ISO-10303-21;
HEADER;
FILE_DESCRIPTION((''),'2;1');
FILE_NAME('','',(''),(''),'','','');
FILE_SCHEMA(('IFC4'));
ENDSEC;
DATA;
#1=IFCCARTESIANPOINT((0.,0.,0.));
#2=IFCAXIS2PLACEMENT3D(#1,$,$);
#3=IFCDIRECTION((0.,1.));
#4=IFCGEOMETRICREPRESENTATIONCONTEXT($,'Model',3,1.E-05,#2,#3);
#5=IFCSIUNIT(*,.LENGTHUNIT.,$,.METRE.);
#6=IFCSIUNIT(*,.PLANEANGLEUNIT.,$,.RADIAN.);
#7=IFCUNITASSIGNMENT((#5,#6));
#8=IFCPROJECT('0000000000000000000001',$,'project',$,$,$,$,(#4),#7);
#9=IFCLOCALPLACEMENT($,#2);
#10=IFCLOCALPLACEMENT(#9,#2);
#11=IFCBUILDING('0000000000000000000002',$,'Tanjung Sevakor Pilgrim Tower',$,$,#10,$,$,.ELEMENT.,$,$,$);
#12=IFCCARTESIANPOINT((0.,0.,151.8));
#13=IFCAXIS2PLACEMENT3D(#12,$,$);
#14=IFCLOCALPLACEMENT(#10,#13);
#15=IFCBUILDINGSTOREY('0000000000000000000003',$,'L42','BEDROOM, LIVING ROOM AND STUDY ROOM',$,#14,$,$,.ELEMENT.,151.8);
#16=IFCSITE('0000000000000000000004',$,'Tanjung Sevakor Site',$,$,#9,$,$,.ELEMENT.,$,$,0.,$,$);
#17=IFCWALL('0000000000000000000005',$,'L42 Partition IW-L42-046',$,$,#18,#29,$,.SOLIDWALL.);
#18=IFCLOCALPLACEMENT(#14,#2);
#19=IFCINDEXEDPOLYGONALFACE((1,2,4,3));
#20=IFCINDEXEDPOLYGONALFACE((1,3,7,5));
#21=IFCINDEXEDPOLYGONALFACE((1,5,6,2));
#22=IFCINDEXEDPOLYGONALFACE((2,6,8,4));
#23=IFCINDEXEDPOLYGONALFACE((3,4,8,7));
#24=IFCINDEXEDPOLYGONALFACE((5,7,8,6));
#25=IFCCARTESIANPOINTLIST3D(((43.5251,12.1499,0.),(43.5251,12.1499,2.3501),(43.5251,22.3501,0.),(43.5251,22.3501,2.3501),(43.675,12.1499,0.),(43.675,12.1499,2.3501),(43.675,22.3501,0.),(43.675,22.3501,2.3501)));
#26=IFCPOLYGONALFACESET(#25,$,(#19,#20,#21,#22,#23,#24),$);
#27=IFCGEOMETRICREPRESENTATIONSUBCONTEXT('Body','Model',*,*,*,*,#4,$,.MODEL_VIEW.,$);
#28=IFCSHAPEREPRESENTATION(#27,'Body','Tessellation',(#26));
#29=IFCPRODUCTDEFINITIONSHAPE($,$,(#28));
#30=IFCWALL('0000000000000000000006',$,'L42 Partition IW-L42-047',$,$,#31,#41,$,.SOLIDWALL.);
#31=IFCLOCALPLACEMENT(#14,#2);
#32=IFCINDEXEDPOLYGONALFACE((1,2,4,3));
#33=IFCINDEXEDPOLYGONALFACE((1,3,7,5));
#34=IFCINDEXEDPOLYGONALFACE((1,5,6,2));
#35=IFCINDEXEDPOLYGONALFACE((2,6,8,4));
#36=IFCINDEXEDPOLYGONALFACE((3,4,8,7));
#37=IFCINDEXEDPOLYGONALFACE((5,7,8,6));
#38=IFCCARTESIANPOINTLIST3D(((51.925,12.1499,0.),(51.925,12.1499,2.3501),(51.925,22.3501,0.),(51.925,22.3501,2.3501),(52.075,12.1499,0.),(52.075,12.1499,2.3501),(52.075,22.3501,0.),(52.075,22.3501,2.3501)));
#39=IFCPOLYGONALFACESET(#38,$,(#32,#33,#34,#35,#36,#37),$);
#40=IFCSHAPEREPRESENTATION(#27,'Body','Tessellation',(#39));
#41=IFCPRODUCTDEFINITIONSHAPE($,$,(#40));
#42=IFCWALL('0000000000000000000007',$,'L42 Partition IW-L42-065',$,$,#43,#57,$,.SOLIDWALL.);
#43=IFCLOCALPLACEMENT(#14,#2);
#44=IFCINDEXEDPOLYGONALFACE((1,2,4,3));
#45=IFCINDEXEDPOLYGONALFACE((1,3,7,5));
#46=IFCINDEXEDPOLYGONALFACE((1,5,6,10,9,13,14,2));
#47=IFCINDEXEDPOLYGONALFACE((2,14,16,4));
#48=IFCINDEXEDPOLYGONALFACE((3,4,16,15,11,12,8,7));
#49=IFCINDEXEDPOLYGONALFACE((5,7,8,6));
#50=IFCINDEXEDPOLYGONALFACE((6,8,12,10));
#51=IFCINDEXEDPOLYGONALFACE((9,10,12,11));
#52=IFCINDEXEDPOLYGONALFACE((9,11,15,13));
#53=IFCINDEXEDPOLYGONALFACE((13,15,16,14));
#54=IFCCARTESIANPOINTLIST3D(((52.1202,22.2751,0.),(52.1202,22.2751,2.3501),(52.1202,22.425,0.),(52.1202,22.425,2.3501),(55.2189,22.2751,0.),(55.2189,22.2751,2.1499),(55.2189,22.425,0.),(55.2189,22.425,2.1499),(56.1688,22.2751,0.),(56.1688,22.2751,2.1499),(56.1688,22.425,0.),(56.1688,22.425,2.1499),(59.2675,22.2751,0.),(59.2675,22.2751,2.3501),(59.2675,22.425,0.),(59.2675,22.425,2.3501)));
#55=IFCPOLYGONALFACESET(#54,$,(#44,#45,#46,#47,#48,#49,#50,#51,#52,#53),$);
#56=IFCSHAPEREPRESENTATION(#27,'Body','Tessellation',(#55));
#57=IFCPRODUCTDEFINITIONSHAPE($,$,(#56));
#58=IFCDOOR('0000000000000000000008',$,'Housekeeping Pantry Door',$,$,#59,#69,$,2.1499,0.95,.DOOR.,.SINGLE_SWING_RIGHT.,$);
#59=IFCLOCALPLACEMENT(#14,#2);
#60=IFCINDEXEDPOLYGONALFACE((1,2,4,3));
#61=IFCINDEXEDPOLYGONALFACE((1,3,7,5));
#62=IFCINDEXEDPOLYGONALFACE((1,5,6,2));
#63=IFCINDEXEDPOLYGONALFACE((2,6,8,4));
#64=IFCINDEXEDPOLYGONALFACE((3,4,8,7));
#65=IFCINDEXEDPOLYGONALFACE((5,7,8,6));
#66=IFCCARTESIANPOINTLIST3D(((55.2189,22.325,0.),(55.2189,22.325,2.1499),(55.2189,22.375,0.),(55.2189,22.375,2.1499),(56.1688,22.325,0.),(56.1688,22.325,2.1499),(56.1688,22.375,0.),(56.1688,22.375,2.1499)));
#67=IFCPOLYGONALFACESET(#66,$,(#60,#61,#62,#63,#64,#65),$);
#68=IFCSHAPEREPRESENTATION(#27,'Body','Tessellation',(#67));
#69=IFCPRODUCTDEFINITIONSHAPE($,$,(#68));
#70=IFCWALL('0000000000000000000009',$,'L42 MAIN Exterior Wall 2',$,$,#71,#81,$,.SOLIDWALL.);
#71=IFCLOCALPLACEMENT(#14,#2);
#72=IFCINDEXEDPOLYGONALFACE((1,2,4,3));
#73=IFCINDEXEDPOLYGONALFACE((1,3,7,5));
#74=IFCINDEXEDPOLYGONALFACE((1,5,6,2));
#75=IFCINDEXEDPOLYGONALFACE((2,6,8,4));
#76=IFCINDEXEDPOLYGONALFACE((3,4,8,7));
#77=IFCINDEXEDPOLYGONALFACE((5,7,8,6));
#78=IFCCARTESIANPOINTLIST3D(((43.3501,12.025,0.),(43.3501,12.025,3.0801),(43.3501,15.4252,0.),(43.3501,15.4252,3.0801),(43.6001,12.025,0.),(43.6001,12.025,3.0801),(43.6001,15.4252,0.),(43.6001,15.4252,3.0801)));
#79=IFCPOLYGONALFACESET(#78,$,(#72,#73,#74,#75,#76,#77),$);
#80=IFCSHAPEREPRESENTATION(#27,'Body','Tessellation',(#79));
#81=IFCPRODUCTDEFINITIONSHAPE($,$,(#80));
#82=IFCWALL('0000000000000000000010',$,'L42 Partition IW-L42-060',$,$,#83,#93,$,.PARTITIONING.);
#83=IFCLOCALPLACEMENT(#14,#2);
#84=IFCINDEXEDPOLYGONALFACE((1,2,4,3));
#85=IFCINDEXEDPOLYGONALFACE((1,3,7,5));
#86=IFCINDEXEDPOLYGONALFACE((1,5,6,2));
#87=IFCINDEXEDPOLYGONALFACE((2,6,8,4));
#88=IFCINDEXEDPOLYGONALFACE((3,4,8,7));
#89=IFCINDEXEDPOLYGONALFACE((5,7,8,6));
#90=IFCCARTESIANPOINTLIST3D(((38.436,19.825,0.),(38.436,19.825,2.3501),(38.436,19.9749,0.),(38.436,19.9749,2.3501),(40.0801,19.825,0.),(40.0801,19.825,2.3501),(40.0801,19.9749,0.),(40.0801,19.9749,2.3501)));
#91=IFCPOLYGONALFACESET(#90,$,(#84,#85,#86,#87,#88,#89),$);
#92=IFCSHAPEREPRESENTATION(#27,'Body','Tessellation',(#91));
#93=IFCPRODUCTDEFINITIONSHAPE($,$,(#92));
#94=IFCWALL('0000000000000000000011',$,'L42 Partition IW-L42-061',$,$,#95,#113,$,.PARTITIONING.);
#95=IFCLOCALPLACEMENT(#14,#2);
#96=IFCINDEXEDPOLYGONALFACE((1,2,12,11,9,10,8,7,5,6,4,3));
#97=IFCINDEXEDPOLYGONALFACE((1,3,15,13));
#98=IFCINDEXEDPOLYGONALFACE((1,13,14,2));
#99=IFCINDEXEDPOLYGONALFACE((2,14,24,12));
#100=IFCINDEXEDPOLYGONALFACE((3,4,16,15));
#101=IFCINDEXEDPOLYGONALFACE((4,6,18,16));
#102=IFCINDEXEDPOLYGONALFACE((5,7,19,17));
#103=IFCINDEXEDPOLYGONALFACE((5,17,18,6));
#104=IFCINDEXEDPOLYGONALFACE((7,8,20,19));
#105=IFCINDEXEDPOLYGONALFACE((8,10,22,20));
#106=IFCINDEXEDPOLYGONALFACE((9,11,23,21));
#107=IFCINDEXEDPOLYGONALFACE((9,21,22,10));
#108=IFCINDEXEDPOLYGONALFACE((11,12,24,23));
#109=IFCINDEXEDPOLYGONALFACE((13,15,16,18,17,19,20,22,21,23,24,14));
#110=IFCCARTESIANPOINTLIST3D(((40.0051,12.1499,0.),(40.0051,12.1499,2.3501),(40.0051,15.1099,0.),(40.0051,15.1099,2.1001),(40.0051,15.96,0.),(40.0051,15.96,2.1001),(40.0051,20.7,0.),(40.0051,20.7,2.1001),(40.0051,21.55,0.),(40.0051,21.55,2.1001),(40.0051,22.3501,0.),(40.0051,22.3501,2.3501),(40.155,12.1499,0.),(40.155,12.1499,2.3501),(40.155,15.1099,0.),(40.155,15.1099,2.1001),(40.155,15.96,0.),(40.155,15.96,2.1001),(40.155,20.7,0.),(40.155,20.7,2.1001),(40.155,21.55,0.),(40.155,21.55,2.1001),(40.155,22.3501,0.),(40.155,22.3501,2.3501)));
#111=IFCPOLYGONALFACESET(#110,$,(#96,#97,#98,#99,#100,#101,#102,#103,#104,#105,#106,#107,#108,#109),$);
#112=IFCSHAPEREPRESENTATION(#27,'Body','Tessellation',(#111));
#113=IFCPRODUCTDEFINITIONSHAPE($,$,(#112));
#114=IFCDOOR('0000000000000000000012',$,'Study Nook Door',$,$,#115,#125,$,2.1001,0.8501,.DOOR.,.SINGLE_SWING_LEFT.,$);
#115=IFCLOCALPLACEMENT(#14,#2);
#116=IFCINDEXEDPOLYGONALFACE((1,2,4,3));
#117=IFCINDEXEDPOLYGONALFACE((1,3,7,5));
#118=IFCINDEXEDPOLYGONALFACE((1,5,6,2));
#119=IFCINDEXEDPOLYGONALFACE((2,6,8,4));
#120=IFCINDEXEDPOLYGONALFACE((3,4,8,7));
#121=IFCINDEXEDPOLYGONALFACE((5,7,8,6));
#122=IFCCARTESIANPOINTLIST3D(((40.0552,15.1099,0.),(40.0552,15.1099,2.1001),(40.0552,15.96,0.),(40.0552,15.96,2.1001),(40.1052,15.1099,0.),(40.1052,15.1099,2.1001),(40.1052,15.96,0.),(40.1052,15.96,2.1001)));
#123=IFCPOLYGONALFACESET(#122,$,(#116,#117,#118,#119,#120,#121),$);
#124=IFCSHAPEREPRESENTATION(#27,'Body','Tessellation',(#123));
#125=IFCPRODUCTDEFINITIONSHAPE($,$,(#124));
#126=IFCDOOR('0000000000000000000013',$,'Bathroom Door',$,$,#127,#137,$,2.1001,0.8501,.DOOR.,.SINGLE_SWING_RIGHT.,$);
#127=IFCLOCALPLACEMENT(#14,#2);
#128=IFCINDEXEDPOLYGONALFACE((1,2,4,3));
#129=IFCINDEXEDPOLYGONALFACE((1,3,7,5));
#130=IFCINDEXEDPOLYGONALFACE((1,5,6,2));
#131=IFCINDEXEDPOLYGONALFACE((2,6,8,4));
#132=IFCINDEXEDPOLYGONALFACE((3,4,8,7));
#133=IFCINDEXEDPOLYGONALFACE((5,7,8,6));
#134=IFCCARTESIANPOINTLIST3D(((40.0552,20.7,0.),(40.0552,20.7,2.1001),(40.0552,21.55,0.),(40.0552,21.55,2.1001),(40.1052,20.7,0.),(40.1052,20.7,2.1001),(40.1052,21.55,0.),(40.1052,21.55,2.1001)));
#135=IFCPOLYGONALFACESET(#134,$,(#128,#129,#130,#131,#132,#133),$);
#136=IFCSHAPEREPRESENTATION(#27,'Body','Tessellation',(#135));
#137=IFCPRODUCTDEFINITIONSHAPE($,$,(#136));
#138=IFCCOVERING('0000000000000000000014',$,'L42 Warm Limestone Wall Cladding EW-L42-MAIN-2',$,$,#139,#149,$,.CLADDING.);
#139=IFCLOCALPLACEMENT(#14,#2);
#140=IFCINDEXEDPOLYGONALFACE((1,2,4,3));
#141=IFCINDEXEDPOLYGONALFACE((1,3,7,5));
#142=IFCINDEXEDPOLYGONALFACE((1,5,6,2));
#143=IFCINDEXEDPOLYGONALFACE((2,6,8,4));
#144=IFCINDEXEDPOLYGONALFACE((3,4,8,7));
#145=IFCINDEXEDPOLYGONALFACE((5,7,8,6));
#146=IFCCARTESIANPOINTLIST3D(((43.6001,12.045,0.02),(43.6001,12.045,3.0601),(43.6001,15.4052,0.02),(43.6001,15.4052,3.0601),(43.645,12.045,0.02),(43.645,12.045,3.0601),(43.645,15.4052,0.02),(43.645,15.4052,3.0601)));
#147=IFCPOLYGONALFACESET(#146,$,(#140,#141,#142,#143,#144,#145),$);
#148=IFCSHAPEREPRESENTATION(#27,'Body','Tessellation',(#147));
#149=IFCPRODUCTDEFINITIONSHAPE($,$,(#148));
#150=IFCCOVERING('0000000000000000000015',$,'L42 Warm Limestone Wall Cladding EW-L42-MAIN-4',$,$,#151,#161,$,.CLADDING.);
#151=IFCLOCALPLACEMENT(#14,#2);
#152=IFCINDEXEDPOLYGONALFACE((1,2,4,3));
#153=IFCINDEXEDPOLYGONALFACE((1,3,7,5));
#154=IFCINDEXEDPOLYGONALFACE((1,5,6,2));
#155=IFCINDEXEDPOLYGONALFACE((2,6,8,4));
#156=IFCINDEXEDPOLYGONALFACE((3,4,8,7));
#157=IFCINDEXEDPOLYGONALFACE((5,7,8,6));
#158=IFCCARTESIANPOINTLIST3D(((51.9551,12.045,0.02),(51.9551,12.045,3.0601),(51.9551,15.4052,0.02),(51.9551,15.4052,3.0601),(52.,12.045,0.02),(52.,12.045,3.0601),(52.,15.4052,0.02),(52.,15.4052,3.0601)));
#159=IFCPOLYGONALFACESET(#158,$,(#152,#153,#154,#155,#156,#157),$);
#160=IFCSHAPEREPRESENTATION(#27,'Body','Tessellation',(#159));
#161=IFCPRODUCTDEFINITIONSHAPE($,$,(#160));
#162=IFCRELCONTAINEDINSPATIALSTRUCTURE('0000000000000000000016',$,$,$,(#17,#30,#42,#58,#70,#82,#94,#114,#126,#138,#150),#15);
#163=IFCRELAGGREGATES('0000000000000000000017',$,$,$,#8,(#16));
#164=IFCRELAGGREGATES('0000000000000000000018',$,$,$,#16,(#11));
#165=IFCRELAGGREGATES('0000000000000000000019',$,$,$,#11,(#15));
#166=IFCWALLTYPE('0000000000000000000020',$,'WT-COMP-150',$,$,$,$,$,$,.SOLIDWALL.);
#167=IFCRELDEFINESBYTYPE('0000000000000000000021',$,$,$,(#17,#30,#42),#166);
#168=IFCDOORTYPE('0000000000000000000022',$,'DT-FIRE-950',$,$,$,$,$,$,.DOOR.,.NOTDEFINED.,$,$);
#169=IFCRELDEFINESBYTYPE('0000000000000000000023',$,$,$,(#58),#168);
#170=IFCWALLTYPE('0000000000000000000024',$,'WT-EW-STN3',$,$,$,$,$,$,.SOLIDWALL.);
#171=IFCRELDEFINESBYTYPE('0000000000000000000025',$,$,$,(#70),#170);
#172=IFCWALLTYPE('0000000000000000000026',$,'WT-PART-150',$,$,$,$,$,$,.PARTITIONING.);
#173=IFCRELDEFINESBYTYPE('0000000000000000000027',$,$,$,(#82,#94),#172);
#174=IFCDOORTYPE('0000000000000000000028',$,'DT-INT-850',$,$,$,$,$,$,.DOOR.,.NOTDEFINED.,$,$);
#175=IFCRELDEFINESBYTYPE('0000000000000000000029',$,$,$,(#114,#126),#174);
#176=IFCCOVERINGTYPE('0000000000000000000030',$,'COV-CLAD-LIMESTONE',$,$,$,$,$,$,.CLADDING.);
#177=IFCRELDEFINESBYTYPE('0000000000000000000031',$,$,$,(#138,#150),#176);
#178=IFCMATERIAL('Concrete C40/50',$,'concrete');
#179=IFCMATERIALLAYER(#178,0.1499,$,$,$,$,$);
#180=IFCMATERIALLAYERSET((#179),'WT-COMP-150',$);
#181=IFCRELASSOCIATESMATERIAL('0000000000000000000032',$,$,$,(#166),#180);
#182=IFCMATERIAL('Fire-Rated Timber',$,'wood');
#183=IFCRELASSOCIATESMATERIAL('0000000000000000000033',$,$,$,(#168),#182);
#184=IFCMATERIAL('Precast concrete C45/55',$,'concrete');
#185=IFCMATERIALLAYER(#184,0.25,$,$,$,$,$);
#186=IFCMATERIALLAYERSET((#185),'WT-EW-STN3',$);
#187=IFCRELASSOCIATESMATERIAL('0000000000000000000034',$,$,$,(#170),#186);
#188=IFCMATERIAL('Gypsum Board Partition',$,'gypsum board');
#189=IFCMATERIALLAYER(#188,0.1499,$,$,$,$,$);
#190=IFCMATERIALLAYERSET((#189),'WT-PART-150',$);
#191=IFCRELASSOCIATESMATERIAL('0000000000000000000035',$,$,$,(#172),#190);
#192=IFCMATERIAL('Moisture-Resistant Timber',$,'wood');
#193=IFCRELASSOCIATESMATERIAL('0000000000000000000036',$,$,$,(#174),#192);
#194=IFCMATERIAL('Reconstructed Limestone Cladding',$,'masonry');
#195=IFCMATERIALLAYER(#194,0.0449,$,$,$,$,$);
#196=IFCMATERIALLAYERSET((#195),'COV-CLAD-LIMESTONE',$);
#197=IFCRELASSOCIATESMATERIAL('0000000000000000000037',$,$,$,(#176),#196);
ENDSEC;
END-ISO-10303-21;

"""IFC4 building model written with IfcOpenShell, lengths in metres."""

from ifc_helpers import new_model, si_unit, direction, frame, frame_2d, origin, origin_2d, place, context, subcontext, project, spatial, rectangle, extrude, material, layer, layer_set, type_object, element, fill, save


model = new_model("IFC4")

# Units and contexts
model_context = context("Model", 3, precision=1e-05, world=origin(), true_north=direction((0.0, 1.0)))
body_context = subcontext(model_context, "Body", "Model", "MODEL_VIEW")
ifc_project = project(units=[si_unit("LENGTHUNIT", "METRE"), si_unit("PLANEANGLEUNIT", "RADIAN")], contexts=[model_context])

# Site, building, storey
site_placement = place(None, origin())
site = spatial("IfcSite", under=ifc_project, at=site_placement, Name="Tanjung Sevakor Site", CompositionType="ELEMENT", RefElevation=0.0)
building_placement = place(site_placement, origin())
building = spatial("IfcBuilding", under=site, at=building_placement, Name="Tanjung Sevakor Pilgrim Tower", CompositionType="ELEMENT")
storey_placement = place(building_placement, frame((0.0, 0.0, 151.8)))
storey = spatial("IfcBuildingStorey", under=building, at=storey_placement, Name="L42", Description="BEDROOM, LIVING ROOM AND STUDY ROOM", CompositionType="ELEMENT", Elevation=151.8)

# Shared definitions
ifc_material_1 = material(Name="Concrete C40/50", Category="concrete")
ifc_layer_1 = layer(ifc_material_1, 0.1499)
ifc_layer_set_1 = layer_set([ifc_layer_1], Name="WT-COMP-150")
wall_type_1 = type_object("IfcWallType", Name="WT-COMP-150", PredefinedType="SOLIDWALL", material=ifc_layer_set_1)

# Walls
for number, where, z_axis, x_axis, name in (
    (1, (43.6001, 12.1499, 0.0), (0.0, 0.0, 1.0), (0.0, 1.0, 0.0), "L42 Partition IW-L42-046"),
    (2, (52.0, 12.1499, 0.0), (0.0, 0.0, 1.0), (0.0, 1.0, 0.0), "L42 Partition IW-L42-047"),
):
    element("IfcWall", number, at=place(storey_placement, frame(where, z_axis=z_axis, x_axis=x_axis)), inside=storey, type_object=wall_type_1, Name=name, PredefinedType="SOLIDWALL", context=body_context, shape_type="SweptSolid", body=[
        extrude(rectangle(XDim=10.2002, YDim=0.1499, at=frame_2d((5.1001, 0.0))), origin(), (0.0, 0.0, 1.0), 2.3501),
    ])

# Wall, opening, door
ifc_material_2 = material(Name="Fire-Rated Timber", Category="wood")
door_type_1 = type_object("IfcDoorType", Name="DT-FIRE-950", OperationType="NOTDEFINED", PredefinedType="DOOR", material=ifc_material_2)
wall_1_placement = place(storey_placement, frame((52.1201, 22.3501, 0.0), z_axis=(0.0, 0.0, 1.0), x_axis=(1.0, 0.0, 0.0)))
wall_1 = element("IfcWall", 3, at=wall_1_placement, inside=storey, type_object=wall_type_1, Name="L42 Partition IW-L42-065", PredefinedType="SOLIDWALL", context=body_context, shape_type="SweptSolid", body=[
    extrude(rectangle(XDim=7.1472, YDim=0.1499, at=frame_2d((3.5737, 0.0))), origin(), (0.0, 0.0, 1.0), 2.3501),
])
opening_1_placement = place(wall_1_placement, frame((3.0986, 0.0, 0.0)))
opening_1 = element("IfcOpeningElement", 4, at=opening_1_placement, cuts=wall_1, PredefinedType="OPENING", context=body_context, shape_type="SweptSolid", body=[
    extrude(rectangle(XDim=0.95, YDim=2.1499, at=frame_2d((0.4751, 1.075))), frame((0.0, 0.085, 0.0), z_axis=(0.0, -1.0, 0.0), x_axis=(1.0, 0.0, 0.0)), (0.0, 0.0, 1.0), 0.1699),
])
door_1_placement = place(opening_1_placement, origin())
door_1 = element("IfcDoor", 5, at=door_1_placement, inside=storey, type_object=door_type_1, Name="Housekeeping Pantry Door", OperationType="SINGLE_SWING_RIGHT", OverallHeight=2.1499, OverallWidth=0.95, PredefinedType="DOOR", context=body_context, shape_type="SweptSolid", body=[
    extrude(rectangle(XDim=0.95, YDim=2.1499, at=frame_2d((0.4751, 1.075))), frame((0.0, 0.0249, 0.0), z_axis=(0.0, -1.0, 0.0), x_axis=(1.0, 0.0, 0.0)), (0.0, 0.0, 1.0), 0.05),
])
fill(opening_1, door_1)

# Walls
ifc_material_3 = material(Name="Precast concrete C45/55", Category="concrete")
ifc_layer_2 = layer(ifc_material_3, 0.25)
ifc_layer_set_2 = layer_set([ifc_layer_2], Name="WT-EW-STN3")
wall_type_2 = type_object("IfcWallType", Name="WT-EW-STN3", PredefinedType="SOLIDWALL", material=ifc_layer_set_2)
wall_2_placement = place(storey_placement, frame((43.4751, 12.0249, 0.0), z_axis=(0.0, 0.0, 1.0), x_axis=(0.0, 1.0, 0.0)))
element("IfcWall", 6, at=wall_2_placement, inside=storey, type_object=wall_type_2, Name="L42 MAIN Exterior Wall 2", PredefinedType="SOLIDWALL", context=body_context, shape_type="SweptSolid", body=[
    extrude(rectangle(XDim=3.4001, YDim=0.25, at=frame_2d((1.7002, 0.0))), origin(), (0.0, 0.0, 1.0), 3.0801),
])
ifc_material_4 = material(Name="Gypsum Board Partition", Category="gypsum board")
ifc_layer_3 = layer(ifc_material_4, 0.1499)
ifc_layer_set_3 = layer_set([ifc_layer_3], Name="WT-PART-150")
wall_type_3 = type_object("IfcWallType", Name="WT-PART-150", PredefinedType="PARTITIONING", material=ifc_layer_set_3)
wall_3_placement = place(storey_placement, frame((38.436, 19.8999, 0.0), z_axis=(0.0, 0.0, 1.0), x_axis=(1.0, 0.0, 0.0)))
element("IfcWall", 7, at=wall_3_placement, inside=storey, type_object=wall_type_3, Name="L42 Partition IW-L42-060", PredefinedType="PARTITIONING", context=body_context, shape_type="SweptSolid", body=[
    extrude(rectangle(XDim=1.644, YDim=0.1499, at=frame_2d((0.822, 0.0))), origin(), (0.0, 0.0, 1.0), 2.3501),
])

# Wall, openings, doors
wall_4_placement = place(storey_placement, frame((40.0801, 12.1499, 0.0), z_axis=(0.0, 0.0, 1.0), x_axis=(0.0, 1.0, 0.0)))
wall_4 = element("IfcWall", 8, at=wall_4_placement, inside=storey, type_object=wall_type_3, Name="L42 Partition IW-L42-061", PredefinedType="PARTITIONING", context=body_context, shape_type="SweptSolid", body=[
    extrude(rectangle(XDim=10.2002, YDim=0.1499, at=frame_2d((5.1001, 0.0))), origin(), (0.0, 0.0, 1.0), 2.3501),
])
opening_2_placement = place(wall_4_placement, frame((2.96, 0.0, 0.0)))
opening_2 = element("IfcOpeningElement", 9, at=opening_2_placement, cuts=wall_4, PredefinedType="OPENING", context=body_context, shape_type="SweptSolid", body=[
    extrude(rectangle(XDim=0.8501, YDim=2.1001, at=frame_2d((0.425, 1.05))), frame((0.0, 0.085, 0.0), z_axis=(0.0, -1.0, 0.0), x_axis=(1.0, 0.0, 0.0)), (0.0, 0.0, 1.0), 0.1699),
])
opening_3_placement = place(wall_4_placement, frame((8.55, 0.0, 0.0)))
opening_3 = element("IfcOpeningElement", 10, at=opening_3_placement, cuts=wall_4, PredefinedType="OPENING", context=body_context, shape_type="SweptSolid", body=[
    extrude(rectangle(XDim=0.8501, YDim=2.1001, at=frame_2d((0.425, 1.05))), frame((0.0, 0.085, 0.0), z_axis=(0.0, -1.0, 0.0), x_axis=(1.0, 0.0, 0.0)), (0.0, 0.0, 1.0), 0.1699),
])
ifc_material_5 = material(Name="Moisture-Resistant Timber", Category="wood")
door_type_2 = type_object("IfcDoorType", Name="DT-INT-850", OperationType="NOTDEFINED", PredefinedType="DOOR", material=ifc_material_5)
door_2_placement = place(opening_2_placement, origin())
door_2 = element("IfcDoor", 11, at=door_2_placement, inside=storey, type_object=door_type_2, Name="Study Nook Door", OperationType="SINGLE_SWING_LEFT", OverallHeight=2.1001, OverallWidth=0.8501, PredefinedType="DOOR", context=body_context, shape_type="SweptSolid", body=[
    extrude(rectangle(XDim=0.8501, YDim=2.1001, at=frame_2d((0.425, 1.05))), frame((0.0, 0.0249, 0.0), z_axis=(0.0, -1.0, 0.0), x_axis=(1.0, 0.0, 0.0)), (0.0, 0.0, 1.0), 0.05),
])
fill(opening_2, door_2)
door_3_placement = place(opening_3_placement, origin())
door_3 = element("IfcDoor", 12, at=door_3_placement, inside=storey, type_object=door_type_2, Name="Bathroom Door", OperationType="SINGLE_SWING_RIGHT", OverallHeight=2.1001, OverallWidth=0.8501, PredefinedType="DOOR", context=body_context, shape_type="SweptSolid", body=[
    extrude(rectangle(XDim=0.8501, YDim=2.1001, at=frame_2d((0.425, 1.05))), frame((0.0, 0.0249, 0.0), z_axis=(0.0, -1.0, 0.0), x_axis=(1.0, 0.0, 0.0)), (0.0, 0.0, 1.0), 0.05),
])
fill(opening_3, door_3)

# Coverings
ifc_material_6 = material(Name="Reconstructed Limestone Cladding", Category="masonry")
ifc_layer_4 = layer(ifc_material_6, 0.0449)
ifc_layer_set_4 = layer_set([ifc_layer_4], Name="COV-CLAD-LIMESTONE")
covering_type = type_object("IfcCoveringType", Name="COV-CLAD-LIMESTONE", PredefinedType="CLADDING", material=ifc_layer_set_4)
for number, where, z_axis, x_axis, name in (
    (13, (43.6226, 13.7251, 0.02), (0.0, 0.0, 1.0), (0.0, 1.0, 0.0), "L42 Warm Limestone Wall Cladding EW-L42-MAIN-2"),
    (14, (51.9775, 13.7251, 0.02), (0.0, 0.0, 1.0), (0.0, -1.0, 0.0), "L42 Warm Limestone Wall Cladding EW-L42-MAIN-4"),
):
    element("IfcCovering", number, at=place(storey_placement, frame(where, z_axis=z_axis, x_axis=x_axis)), inside=storey, type_object=covering_type, Name=name, PredefinedType="CLADDING", context=body_context, shape_type="SweptSolid", body=[
        extrude(rectangle(XDim=3.3601, YDim=0.0449, at=origin_2d()), origin(), (0.0, 0.0, 1.0), 3.04),
    ])

save(model, "model.ifc")
